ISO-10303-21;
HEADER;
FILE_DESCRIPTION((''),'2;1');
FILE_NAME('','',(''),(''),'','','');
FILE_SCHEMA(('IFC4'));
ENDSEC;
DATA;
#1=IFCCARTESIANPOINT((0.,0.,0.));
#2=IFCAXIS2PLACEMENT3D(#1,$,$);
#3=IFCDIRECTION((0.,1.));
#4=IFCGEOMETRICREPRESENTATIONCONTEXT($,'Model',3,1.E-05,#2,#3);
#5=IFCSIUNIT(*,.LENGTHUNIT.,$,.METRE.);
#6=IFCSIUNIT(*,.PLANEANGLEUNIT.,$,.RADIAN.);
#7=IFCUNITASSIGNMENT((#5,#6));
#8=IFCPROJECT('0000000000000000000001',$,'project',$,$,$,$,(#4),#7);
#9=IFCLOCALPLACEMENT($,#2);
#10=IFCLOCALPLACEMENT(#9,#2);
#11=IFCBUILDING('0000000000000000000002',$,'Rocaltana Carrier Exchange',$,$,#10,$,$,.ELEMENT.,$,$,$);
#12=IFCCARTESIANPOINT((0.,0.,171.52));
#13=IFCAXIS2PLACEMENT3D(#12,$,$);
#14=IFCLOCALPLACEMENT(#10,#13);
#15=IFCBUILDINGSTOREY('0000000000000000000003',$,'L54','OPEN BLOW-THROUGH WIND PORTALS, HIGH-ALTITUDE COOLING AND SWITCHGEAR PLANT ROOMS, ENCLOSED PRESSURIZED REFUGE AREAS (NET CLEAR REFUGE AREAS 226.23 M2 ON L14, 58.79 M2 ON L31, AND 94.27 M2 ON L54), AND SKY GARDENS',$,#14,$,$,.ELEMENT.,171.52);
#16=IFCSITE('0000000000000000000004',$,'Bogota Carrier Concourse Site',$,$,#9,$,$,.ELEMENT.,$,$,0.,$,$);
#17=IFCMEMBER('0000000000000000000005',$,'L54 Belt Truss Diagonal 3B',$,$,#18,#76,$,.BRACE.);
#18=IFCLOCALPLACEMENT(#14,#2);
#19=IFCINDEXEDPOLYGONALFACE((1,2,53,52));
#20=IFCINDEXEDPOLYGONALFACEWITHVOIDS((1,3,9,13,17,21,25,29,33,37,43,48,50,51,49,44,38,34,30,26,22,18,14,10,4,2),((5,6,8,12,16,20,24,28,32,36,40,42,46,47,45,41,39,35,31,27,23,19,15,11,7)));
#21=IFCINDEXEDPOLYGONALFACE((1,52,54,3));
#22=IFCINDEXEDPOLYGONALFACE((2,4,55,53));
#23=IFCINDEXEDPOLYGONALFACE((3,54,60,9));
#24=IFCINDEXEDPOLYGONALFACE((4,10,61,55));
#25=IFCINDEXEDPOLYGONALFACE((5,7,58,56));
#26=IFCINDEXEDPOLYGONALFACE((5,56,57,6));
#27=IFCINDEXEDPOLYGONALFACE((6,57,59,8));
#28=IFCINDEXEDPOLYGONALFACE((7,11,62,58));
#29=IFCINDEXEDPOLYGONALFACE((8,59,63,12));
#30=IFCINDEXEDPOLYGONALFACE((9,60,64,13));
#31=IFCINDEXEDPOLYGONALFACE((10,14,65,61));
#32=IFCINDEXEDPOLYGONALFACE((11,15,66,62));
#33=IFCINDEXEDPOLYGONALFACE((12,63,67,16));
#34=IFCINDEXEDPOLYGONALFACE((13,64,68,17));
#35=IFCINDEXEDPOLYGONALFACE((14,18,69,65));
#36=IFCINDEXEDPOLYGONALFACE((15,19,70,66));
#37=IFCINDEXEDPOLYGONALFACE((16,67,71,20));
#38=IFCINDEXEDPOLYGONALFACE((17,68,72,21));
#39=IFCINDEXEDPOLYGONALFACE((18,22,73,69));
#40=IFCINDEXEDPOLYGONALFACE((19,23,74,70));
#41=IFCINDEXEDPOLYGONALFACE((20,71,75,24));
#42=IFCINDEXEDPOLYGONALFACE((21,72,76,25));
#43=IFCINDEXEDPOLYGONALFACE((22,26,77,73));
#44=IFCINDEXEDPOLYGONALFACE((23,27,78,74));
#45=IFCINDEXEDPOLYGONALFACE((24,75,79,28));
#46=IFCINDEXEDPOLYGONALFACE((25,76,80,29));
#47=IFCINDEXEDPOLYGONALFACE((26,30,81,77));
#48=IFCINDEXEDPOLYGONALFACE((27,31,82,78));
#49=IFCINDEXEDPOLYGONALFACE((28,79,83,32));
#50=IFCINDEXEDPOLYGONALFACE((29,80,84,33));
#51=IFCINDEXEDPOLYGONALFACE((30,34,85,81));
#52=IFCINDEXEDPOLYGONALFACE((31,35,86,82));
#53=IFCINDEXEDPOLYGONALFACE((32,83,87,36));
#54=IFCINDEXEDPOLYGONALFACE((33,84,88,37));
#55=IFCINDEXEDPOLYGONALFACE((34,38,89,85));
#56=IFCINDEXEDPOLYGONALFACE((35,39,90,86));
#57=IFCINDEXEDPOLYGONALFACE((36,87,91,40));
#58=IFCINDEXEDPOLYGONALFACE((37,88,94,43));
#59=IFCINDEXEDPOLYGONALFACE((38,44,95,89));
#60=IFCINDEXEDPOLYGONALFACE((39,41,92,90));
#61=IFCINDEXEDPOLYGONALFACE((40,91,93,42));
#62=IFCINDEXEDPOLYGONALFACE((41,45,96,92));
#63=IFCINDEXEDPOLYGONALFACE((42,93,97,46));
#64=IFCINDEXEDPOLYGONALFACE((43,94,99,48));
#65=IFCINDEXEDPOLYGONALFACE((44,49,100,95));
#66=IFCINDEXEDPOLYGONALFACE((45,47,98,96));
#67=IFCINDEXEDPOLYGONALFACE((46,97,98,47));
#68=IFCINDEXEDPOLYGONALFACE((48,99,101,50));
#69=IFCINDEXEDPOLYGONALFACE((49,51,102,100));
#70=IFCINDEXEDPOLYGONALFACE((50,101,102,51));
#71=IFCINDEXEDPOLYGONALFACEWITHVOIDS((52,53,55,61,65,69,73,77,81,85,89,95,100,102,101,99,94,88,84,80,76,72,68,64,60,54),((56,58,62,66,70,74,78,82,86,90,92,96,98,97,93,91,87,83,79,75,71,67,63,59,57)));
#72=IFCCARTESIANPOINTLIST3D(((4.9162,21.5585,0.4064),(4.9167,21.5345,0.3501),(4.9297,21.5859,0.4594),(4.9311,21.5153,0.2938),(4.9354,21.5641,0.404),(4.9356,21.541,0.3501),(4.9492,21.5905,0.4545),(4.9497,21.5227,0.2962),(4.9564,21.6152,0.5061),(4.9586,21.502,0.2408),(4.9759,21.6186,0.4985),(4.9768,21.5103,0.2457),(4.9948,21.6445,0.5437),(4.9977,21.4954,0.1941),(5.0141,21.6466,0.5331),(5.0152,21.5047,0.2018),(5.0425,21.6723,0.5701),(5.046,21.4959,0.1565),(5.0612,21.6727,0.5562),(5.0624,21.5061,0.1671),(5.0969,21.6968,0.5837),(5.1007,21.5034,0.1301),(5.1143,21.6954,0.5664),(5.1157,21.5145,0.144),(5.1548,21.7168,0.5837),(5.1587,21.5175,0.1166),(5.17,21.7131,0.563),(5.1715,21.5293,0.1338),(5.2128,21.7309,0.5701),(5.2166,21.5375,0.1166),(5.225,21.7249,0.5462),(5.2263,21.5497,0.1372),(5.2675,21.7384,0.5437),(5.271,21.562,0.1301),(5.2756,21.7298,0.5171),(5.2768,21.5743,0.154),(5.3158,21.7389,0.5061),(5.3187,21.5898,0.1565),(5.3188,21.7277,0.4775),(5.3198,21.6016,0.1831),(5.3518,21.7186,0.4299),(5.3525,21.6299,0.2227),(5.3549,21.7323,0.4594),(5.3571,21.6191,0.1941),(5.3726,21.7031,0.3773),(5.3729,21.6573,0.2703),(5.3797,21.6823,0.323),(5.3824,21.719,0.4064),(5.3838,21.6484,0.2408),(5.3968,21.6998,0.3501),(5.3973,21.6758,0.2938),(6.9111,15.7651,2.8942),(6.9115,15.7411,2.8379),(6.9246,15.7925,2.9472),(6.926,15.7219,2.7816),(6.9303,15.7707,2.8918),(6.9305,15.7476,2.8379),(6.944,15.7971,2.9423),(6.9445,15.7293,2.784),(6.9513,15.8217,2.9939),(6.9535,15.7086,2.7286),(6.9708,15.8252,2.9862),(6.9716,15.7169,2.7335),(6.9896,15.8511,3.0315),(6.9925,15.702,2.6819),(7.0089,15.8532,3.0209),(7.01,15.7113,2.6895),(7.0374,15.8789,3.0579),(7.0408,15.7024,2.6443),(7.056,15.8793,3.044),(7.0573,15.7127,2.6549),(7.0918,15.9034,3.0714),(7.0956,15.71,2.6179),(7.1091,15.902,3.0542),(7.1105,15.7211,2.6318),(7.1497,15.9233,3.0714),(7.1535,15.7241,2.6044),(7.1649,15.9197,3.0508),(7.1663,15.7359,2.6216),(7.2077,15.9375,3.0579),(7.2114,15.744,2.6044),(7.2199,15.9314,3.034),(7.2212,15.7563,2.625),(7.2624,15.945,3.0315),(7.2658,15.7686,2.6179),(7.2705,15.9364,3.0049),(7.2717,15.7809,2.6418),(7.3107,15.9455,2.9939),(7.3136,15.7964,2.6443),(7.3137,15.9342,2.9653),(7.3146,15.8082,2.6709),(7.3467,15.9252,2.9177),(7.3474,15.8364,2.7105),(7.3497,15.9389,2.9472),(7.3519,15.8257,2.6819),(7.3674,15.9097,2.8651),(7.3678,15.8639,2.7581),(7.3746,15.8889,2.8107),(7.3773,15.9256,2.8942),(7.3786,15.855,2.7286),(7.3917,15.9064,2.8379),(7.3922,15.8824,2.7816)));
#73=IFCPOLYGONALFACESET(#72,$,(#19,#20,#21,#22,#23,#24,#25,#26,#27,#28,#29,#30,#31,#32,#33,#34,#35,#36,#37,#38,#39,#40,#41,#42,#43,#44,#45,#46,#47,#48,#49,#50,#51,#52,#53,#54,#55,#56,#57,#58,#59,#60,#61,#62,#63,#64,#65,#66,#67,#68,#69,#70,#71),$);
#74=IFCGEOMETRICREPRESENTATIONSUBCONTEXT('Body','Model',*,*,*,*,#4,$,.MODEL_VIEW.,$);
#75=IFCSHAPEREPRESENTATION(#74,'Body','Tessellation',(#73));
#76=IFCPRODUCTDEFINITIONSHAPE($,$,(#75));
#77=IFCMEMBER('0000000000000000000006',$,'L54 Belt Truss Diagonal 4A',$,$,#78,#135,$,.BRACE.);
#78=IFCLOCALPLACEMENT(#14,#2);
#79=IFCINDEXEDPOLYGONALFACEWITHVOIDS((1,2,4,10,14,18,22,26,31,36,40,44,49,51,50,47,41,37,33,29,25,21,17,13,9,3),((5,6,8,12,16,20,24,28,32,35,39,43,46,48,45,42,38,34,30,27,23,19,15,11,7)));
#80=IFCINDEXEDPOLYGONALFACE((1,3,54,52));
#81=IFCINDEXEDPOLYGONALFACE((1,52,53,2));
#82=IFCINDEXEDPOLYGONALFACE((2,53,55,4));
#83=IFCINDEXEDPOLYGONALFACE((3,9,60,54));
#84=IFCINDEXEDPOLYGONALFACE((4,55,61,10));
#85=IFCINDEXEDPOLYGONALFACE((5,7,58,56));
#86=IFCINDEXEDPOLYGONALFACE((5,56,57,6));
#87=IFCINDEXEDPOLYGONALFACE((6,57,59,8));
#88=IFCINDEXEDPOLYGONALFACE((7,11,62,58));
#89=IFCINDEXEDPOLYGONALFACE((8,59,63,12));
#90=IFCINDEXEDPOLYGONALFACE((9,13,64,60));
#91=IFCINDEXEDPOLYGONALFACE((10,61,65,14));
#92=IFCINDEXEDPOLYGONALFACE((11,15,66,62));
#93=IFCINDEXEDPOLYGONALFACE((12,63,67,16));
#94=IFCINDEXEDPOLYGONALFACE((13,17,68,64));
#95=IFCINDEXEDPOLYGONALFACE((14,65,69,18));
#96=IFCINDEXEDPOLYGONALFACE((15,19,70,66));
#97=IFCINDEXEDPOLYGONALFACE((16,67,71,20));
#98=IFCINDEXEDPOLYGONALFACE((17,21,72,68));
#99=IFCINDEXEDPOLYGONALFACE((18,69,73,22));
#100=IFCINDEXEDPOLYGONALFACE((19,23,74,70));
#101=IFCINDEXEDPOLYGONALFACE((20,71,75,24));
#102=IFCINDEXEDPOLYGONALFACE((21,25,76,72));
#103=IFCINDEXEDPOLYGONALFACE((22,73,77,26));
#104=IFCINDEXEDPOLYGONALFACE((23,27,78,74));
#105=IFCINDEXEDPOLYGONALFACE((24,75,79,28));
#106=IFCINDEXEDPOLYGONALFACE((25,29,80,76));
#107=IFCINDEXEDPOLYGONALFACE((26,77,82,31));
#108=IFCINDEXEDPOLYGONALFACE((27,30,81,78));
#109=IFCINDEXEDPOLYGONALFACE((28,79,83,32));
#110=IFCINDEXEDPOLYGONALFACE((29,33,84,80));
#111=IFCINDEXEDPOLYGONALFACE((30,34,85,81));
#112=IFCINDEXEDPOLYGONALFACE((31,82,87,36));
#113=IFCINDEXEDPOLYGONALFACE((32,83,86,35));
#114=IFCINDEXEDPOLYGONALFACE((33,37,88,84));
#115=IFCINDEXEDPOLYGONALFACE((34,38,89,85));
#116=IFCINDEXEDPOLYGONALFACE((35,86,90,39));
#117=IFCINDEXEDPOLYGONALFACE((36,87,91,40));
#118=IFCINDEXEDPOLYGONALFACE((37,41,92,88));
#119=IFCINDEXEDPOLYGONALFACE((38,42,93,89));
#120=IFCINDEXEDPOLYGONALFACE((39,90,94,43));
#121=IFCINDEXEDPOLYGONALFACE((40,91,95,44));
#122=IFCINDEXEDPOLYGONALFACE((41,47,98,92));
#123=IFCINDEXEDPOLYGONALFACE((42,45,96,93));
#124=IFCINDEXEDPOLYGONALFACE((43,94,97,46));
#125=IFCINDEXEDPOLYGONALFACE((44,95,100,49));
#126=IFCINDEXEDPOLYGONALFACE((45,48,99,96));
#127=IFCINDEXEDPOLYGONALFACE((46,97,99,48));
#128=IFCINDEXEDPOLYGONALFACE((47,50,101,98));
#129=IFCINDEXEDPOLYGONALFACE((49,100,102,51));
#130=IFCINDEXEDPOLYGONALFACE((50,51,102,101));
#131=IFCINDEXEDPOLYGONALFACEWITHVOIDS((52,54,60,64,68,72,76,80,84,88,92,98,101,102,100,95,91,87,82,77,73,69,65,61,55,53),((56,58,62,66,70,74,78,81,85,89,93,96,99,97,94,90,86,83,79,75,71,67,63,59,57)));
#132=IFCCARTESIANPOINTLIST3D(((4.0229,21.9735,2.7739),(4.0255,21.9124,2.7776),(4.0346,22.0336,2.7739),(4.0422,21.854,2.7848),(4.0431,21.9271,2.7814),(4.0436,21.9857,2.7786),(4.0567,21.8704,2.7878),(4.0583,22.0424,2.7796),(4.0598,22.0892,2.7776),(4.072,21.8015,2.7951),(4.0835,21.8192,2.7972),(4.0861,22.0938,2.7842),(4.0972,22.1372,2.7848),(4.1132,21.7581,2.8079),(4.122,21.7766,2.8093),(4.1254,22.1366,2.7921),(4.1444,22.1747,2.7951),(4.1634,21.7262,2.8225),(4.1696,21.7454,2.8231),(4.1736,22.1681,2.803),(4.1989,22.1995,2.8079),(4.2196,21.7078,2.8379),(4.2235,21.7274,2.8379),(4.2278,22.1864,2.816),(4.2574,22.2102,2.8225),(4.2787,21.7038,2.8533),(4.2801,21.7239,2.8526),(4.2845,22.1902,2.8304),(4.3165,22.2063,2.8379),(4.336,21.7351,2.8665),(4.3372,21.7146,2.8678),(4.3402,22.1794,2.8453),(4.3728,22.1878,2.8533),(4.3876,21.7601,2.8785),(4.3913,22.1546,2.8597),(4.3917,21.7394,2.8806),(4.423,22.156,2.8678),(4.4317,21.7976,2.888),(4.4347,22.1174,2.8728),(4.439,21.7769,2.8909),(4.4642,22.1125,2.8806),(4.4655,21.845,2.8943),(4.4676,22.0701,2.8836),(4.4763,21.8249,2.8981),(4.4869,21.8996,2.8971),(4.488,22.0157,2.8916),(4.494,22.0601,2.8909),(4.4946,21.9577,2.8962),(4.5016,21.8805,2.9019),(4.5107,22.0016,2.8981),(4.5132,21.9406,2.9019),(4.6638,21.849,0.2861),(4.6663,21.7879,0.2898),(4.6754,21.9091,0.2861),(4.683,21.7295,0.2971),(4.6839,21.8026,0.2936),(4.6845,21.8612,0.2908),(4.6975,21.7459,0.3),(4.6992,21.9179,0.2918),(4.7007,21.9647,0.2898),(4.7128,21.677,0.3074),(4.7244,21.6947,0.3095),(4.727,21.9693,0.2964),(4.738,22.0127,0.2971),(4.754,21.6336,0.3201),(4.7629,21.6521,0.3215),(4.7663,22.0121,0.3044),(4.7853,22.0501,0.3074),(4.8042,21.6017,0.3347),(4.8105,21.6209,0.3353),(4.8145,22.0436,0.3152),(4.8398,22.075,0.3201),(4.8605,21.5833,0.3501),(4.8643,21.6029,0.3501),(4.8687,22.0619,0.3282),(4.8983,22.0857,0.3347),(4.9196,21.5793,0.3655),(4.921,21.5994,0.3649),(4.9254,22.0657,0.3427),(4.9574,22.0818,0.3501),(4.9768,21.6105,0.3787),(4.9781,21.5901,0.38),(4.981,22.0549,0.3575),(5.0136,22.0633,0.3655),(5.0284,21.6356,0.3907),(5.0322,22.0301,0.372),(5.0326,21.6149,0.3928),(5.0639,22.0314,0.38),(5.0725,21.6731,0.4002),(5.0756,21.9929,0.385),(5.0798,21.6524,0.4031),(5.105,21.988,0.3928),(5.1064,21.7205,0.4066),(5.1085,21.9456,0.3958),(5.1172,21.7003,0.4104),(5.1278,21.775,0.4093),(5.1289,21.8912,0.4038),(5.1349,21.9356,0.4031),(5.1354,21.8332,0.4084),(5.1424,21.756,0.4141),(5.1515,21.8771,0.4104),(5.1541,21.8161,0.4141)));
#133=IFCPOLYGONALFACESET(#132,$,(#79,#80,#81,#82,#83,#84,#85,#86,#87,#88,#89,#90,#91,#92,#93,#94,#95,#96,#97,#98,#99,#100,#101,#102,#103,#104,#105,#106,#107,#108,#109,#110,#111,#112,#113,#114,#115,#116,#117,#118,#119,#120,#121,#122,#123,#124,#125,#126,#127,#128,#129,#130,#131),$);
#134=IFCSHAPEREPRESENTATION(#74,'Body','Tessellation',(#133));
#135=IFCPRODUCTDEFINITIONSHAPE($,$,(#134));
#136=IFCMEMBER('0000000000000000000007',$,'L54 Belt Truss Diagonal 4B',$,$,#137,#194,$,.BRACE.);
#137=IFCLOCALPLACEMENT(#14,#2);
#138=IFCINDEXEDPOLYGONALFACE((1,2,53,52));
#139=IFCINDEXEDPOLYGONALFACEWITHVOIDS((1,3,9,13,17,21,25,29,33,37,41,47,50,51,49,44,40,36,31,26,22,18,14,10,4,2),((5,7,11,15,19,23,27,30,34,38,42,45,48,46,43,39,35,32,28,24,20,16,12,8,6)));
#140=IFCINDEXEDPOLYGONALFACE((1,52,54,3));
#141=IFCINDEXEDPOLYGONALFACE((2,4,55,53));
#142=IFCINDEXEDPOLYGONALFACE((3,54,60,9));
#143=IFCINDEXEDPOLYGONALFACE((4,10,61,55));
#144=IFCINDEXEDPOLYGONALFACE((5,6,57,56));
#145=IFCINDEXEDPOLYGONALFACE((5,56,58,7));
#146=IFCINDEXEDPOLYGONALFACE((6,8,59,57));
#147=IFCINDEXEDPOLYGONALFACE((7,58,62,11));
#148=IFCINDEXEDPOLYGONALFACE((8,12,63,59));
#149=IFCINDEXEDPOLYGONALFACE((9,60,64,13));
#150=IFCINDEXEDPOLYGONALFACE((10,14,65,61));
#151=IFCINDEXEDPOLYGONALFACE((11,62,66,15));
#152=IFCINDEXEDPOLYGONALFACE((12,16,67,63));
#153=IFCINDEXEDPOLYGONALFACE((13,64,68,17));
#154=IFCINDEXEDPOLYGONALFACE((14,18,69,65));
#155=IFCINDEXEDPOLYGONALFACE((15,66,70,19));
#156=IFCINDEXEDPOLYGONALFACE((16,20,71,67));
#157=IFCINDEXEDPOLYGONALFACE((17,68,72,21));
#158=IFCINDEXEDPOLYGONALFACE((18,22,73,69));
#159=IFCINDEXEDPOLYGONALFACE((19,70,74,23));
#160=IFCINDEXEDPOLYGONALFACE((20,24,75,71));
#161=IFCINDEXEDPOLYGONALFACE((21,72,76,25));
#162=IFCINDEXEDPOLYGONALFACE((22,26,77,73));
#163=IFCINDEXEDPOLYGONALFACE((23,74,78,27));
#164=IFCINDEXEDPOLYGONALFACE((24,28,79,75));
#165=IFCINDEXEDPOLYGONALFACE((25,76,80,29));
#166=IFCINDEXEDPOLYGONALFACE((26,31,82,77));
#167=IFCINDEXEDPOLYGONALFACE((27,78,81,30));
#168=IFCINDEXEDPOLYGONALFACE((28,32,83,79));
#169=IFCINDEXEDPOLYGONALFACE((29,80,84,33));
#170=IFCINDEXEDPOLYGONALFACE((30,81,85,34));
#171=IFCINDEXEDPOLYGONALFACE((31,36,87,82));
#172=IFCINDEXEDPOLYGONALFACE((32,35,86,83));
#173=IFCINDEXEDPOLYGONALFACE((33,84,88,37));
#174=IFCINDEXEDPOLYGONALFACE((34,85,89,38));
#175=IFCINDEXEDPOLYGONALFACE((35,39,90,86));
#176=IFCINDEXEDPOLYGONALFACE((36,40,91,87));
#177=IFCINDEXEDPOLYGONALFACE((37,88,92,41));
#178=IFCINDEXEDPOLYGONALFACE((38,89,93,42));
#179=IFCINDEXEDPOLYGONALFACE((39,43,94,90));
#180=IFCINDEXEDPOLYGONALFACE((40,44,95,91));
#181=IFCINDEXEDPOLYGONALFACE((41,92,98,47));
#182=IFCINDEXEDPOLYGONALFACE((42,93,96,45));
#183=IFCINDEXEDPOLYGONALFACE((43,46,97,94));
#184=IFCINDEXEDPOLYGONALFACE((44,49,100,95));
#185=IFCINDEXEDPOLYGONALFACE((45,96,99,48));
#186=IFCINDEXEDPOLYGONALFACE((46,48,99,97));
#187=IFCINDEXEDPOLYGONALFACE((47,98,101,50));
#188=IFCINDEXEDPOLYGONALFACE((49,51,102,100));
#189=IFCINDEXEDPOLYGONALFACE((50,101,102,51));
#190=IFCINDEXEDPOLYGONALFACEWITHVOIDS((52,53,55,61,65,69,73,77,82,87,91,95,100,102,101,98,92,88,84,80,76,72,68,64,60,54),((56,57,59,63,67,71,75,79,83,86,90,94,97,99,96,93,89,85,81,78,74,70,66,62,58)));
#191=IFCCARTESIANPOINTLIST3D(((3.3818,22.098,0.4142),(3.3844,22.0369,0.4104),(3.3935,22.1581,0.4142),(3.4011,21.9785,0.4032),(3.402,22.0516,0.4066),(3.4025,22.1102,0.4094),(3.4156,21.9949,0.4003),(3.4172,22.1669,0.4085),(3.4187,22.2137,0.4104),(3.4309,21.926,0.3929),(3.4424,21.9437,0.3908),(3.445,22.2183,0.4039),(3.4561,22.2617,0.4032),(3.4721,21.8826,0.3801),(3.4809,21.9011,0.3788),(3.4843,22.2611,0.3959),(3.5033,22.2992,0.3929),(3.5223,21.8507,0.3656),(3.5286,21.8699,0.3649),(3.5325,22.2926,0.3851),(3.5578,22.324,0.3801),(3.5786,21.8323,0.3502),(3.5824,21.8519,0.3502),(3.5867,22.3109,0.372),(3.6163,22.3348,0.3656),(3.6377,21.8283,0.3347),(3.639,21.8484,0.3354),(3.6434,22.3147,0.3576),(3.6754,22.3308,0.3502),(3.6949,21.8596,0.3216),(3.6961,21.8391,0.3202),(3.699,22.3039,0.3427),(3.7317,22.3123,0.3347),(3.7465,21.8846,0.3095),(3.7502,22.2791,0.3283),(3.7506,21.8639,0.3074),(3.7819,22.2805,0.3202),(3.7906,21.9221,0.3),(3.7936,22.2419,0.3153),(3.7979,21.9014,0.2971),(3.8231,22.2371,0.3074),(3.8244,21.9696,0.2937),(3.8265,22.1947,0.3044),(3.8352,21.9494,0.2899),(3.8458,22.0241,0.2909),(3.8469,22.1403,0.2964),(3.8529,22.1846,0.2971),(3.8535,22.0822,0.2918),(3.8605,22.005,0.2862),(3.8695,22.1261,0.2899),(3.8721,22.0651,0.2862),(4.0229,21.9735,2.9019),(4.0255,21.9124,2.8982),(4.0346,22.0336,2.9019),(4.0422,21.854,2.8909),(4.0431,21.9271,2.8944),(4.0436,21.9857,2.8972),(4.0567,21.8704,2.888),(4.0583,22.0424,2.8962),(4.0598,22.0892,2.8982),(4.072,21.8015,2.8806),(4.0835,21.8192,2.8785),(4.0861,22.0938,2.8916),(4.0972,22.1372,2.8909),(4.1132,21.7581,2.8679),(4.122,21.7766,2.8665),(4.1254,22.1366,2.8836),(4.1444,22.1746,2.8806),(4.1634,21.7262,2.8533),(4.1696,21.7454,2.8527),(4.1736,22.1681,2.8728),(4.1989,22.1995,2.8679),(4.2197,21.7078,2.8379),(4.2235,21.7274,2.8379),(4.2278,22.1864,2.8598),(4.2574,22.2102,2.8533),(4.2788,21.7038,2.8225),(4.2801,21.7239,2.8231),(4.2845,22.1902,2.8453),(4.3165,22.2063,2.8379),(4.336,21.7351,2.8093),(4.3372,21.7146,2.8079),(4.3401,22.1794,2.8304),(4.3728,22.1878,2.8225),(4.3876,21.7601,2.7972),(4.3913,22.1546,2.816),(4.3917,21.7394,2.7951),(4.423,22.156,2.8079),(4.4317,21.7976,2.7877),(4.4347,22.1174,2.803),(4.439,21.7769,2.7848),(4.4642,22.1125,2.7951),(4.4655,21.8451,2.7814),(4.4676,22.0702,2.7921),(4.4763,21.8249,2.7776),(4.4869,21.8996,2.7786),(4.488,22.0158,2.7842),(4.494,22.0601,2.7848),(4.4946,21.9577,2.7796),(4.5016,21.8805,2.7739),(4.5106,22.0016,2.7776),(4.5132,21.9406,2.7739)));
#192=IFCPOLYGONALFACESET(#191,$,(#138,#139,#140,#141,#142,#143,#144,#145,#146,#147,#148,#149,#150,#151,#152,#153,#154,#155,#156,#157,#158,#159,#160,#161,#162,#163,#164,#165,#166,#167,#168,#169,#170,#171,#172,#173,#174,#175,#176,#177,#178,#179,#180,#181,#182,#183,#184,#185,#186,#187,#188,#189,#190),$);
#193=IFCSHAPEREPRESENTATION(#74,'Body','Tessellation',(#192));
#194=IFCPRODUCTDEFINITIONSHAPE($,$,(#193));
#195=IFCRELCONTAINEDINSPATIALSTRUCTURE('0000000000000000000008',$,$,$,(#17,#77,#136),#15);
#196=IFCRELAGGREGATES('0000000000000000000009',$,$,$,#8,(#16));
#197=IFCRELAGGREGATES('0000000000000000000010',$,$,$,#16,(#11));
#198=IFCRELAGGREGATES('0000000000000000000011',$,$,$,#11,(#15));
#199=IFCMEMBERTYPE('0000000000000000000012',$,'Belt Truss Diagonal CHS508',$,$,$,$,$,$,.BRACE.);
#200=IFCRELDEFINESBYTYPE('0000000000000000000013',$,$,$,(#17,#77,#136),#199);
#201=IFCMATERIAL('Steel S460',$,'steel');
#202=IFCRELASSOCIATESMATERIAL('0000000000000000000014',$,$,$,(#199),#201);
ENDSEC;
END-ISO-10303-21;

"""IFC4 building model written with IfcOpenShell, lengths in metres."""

from ifc_helpers import new_model, si_unit, direction, frame, origin, origin_2d, place, context, subcontext, project, spatial, hollow_circle, extrude, material, material_profile, profile_set, type_object, element, save


model = new_model("IFC4")

# Units and contexts
model_context = context("Model", 3, precision=1e-05, world=origin(), true_north=direction((0.0, 1.0)))
body_context = subcontext(model_context, "Body", "Model", "MODEL_VIEW")
ifc_project = project(units=[si_unit("LENGTHUNIT", "METRE"), si_unit("PLANEANGLEUNIT", "RADIAN")], contexts=[model_context])

# Site, building, storey
site_placement = place(None, origin())
site = spatial("IfcSite", under=ifc_project, at=site_placement, Name="Bogota Carrier Concourse Site", CompositionType="ELEMENT", RefElevation=0.0)
building_placement = place(site_placement, origin())
building = spatial("IfcBuilding", under=site, at=building_placement, Name="Rocaltana Carrier Exchange", CompositionType="ELEMENT")
storey_placement = place(building_placement, frame((0.0, 0.0, 171.52)))
storey = spatial("IfcBuildingStorey", under=building, at=storey_placement, Name="L54", Description="OPEN BLOW-THROUGH WIND PORTALS, HIGH-ALTITUDE COOLING AND SWITCHGEAR PLANT ROOMS, ENCLOSED PRESSURIZED REFUGE AREAS (NET CLEAR REFUGE AREAS 226.23 M2 ON L14, 58.79 M2 ON L31, AND 94.27 M2 ON L54), AND SKY GARDENS", CompositionType="ELEMENT", Elevation=171.52)

# Members
ifc_material_1 = material(Name="Steel S460", Category="steel")
ifc_material_profile_1 = material_profile(ifc_material_1, hollow_circle(Radius=0.2539, WallThickness=0.02, at=origin_2d()), Name="CHS508X20")
ifc_profile_set_1 = profile_set([ifc_material_profile_1], Name="Steel S460")
member_type_1 = type_object("IfcMemberType", Name="Belt Truss Diagonal CHS508", PredefinedType="BRACE", material=ifc_profile_set_1)
member_1_placement = place(storey_placement, frame((7.1516, 15.8237, 2.8379), z_axis=(-0.301656, 0.876061, -0.376193), x_axis=(-0.945517, -0.325572, 0.0)))
element("IfcMember", 1, at=member_1_placement, inside=storey, type_object=member_type_1, Name="L54 Belt Truss Diagonal 3B", PredefinedType="BRACE", context=body_context, shape_type="SweptSolid", body=[
    extrude(hollow_circle(Radius=0.2539, WallThickness=0.02, at=origin_2d()), origin(), (0.0, 0.0, 1.0), 6.613),
])
for number, where, z_axis, x_axis, name in (
    (2, (4.9089, 21.8325, 0.3501), (-0.249169, 0.04841, 0.967249), (-0.19072, -0.981645, 0.0), "L54 Belt Truss Diagonal 4A"),
    (3, (4.2681, 21.957, 2.8379), (-0.249258, 0.048409, -0.967227), (-0.19065, -0.981658, 0.0), "L54 Belt Truss Diagonal 4B"),
):
    element("IfcMember", number, at=place(storey_placement, frame(where, z_axis=z_axis, x_axis=x_axis)), inside=storey, type_object=member_type_1, Name=name, PredefinedType="BRACE", context=body_context, shape_type="SweptSolid", body=[
        extrude(hollow_circle(Radius=0.2539, WallThickness=0.02, at=origin_2d()), origin(), (0.0, 0.0, 1.0), 2.572),
    ])

save(model, "model.ifc")
